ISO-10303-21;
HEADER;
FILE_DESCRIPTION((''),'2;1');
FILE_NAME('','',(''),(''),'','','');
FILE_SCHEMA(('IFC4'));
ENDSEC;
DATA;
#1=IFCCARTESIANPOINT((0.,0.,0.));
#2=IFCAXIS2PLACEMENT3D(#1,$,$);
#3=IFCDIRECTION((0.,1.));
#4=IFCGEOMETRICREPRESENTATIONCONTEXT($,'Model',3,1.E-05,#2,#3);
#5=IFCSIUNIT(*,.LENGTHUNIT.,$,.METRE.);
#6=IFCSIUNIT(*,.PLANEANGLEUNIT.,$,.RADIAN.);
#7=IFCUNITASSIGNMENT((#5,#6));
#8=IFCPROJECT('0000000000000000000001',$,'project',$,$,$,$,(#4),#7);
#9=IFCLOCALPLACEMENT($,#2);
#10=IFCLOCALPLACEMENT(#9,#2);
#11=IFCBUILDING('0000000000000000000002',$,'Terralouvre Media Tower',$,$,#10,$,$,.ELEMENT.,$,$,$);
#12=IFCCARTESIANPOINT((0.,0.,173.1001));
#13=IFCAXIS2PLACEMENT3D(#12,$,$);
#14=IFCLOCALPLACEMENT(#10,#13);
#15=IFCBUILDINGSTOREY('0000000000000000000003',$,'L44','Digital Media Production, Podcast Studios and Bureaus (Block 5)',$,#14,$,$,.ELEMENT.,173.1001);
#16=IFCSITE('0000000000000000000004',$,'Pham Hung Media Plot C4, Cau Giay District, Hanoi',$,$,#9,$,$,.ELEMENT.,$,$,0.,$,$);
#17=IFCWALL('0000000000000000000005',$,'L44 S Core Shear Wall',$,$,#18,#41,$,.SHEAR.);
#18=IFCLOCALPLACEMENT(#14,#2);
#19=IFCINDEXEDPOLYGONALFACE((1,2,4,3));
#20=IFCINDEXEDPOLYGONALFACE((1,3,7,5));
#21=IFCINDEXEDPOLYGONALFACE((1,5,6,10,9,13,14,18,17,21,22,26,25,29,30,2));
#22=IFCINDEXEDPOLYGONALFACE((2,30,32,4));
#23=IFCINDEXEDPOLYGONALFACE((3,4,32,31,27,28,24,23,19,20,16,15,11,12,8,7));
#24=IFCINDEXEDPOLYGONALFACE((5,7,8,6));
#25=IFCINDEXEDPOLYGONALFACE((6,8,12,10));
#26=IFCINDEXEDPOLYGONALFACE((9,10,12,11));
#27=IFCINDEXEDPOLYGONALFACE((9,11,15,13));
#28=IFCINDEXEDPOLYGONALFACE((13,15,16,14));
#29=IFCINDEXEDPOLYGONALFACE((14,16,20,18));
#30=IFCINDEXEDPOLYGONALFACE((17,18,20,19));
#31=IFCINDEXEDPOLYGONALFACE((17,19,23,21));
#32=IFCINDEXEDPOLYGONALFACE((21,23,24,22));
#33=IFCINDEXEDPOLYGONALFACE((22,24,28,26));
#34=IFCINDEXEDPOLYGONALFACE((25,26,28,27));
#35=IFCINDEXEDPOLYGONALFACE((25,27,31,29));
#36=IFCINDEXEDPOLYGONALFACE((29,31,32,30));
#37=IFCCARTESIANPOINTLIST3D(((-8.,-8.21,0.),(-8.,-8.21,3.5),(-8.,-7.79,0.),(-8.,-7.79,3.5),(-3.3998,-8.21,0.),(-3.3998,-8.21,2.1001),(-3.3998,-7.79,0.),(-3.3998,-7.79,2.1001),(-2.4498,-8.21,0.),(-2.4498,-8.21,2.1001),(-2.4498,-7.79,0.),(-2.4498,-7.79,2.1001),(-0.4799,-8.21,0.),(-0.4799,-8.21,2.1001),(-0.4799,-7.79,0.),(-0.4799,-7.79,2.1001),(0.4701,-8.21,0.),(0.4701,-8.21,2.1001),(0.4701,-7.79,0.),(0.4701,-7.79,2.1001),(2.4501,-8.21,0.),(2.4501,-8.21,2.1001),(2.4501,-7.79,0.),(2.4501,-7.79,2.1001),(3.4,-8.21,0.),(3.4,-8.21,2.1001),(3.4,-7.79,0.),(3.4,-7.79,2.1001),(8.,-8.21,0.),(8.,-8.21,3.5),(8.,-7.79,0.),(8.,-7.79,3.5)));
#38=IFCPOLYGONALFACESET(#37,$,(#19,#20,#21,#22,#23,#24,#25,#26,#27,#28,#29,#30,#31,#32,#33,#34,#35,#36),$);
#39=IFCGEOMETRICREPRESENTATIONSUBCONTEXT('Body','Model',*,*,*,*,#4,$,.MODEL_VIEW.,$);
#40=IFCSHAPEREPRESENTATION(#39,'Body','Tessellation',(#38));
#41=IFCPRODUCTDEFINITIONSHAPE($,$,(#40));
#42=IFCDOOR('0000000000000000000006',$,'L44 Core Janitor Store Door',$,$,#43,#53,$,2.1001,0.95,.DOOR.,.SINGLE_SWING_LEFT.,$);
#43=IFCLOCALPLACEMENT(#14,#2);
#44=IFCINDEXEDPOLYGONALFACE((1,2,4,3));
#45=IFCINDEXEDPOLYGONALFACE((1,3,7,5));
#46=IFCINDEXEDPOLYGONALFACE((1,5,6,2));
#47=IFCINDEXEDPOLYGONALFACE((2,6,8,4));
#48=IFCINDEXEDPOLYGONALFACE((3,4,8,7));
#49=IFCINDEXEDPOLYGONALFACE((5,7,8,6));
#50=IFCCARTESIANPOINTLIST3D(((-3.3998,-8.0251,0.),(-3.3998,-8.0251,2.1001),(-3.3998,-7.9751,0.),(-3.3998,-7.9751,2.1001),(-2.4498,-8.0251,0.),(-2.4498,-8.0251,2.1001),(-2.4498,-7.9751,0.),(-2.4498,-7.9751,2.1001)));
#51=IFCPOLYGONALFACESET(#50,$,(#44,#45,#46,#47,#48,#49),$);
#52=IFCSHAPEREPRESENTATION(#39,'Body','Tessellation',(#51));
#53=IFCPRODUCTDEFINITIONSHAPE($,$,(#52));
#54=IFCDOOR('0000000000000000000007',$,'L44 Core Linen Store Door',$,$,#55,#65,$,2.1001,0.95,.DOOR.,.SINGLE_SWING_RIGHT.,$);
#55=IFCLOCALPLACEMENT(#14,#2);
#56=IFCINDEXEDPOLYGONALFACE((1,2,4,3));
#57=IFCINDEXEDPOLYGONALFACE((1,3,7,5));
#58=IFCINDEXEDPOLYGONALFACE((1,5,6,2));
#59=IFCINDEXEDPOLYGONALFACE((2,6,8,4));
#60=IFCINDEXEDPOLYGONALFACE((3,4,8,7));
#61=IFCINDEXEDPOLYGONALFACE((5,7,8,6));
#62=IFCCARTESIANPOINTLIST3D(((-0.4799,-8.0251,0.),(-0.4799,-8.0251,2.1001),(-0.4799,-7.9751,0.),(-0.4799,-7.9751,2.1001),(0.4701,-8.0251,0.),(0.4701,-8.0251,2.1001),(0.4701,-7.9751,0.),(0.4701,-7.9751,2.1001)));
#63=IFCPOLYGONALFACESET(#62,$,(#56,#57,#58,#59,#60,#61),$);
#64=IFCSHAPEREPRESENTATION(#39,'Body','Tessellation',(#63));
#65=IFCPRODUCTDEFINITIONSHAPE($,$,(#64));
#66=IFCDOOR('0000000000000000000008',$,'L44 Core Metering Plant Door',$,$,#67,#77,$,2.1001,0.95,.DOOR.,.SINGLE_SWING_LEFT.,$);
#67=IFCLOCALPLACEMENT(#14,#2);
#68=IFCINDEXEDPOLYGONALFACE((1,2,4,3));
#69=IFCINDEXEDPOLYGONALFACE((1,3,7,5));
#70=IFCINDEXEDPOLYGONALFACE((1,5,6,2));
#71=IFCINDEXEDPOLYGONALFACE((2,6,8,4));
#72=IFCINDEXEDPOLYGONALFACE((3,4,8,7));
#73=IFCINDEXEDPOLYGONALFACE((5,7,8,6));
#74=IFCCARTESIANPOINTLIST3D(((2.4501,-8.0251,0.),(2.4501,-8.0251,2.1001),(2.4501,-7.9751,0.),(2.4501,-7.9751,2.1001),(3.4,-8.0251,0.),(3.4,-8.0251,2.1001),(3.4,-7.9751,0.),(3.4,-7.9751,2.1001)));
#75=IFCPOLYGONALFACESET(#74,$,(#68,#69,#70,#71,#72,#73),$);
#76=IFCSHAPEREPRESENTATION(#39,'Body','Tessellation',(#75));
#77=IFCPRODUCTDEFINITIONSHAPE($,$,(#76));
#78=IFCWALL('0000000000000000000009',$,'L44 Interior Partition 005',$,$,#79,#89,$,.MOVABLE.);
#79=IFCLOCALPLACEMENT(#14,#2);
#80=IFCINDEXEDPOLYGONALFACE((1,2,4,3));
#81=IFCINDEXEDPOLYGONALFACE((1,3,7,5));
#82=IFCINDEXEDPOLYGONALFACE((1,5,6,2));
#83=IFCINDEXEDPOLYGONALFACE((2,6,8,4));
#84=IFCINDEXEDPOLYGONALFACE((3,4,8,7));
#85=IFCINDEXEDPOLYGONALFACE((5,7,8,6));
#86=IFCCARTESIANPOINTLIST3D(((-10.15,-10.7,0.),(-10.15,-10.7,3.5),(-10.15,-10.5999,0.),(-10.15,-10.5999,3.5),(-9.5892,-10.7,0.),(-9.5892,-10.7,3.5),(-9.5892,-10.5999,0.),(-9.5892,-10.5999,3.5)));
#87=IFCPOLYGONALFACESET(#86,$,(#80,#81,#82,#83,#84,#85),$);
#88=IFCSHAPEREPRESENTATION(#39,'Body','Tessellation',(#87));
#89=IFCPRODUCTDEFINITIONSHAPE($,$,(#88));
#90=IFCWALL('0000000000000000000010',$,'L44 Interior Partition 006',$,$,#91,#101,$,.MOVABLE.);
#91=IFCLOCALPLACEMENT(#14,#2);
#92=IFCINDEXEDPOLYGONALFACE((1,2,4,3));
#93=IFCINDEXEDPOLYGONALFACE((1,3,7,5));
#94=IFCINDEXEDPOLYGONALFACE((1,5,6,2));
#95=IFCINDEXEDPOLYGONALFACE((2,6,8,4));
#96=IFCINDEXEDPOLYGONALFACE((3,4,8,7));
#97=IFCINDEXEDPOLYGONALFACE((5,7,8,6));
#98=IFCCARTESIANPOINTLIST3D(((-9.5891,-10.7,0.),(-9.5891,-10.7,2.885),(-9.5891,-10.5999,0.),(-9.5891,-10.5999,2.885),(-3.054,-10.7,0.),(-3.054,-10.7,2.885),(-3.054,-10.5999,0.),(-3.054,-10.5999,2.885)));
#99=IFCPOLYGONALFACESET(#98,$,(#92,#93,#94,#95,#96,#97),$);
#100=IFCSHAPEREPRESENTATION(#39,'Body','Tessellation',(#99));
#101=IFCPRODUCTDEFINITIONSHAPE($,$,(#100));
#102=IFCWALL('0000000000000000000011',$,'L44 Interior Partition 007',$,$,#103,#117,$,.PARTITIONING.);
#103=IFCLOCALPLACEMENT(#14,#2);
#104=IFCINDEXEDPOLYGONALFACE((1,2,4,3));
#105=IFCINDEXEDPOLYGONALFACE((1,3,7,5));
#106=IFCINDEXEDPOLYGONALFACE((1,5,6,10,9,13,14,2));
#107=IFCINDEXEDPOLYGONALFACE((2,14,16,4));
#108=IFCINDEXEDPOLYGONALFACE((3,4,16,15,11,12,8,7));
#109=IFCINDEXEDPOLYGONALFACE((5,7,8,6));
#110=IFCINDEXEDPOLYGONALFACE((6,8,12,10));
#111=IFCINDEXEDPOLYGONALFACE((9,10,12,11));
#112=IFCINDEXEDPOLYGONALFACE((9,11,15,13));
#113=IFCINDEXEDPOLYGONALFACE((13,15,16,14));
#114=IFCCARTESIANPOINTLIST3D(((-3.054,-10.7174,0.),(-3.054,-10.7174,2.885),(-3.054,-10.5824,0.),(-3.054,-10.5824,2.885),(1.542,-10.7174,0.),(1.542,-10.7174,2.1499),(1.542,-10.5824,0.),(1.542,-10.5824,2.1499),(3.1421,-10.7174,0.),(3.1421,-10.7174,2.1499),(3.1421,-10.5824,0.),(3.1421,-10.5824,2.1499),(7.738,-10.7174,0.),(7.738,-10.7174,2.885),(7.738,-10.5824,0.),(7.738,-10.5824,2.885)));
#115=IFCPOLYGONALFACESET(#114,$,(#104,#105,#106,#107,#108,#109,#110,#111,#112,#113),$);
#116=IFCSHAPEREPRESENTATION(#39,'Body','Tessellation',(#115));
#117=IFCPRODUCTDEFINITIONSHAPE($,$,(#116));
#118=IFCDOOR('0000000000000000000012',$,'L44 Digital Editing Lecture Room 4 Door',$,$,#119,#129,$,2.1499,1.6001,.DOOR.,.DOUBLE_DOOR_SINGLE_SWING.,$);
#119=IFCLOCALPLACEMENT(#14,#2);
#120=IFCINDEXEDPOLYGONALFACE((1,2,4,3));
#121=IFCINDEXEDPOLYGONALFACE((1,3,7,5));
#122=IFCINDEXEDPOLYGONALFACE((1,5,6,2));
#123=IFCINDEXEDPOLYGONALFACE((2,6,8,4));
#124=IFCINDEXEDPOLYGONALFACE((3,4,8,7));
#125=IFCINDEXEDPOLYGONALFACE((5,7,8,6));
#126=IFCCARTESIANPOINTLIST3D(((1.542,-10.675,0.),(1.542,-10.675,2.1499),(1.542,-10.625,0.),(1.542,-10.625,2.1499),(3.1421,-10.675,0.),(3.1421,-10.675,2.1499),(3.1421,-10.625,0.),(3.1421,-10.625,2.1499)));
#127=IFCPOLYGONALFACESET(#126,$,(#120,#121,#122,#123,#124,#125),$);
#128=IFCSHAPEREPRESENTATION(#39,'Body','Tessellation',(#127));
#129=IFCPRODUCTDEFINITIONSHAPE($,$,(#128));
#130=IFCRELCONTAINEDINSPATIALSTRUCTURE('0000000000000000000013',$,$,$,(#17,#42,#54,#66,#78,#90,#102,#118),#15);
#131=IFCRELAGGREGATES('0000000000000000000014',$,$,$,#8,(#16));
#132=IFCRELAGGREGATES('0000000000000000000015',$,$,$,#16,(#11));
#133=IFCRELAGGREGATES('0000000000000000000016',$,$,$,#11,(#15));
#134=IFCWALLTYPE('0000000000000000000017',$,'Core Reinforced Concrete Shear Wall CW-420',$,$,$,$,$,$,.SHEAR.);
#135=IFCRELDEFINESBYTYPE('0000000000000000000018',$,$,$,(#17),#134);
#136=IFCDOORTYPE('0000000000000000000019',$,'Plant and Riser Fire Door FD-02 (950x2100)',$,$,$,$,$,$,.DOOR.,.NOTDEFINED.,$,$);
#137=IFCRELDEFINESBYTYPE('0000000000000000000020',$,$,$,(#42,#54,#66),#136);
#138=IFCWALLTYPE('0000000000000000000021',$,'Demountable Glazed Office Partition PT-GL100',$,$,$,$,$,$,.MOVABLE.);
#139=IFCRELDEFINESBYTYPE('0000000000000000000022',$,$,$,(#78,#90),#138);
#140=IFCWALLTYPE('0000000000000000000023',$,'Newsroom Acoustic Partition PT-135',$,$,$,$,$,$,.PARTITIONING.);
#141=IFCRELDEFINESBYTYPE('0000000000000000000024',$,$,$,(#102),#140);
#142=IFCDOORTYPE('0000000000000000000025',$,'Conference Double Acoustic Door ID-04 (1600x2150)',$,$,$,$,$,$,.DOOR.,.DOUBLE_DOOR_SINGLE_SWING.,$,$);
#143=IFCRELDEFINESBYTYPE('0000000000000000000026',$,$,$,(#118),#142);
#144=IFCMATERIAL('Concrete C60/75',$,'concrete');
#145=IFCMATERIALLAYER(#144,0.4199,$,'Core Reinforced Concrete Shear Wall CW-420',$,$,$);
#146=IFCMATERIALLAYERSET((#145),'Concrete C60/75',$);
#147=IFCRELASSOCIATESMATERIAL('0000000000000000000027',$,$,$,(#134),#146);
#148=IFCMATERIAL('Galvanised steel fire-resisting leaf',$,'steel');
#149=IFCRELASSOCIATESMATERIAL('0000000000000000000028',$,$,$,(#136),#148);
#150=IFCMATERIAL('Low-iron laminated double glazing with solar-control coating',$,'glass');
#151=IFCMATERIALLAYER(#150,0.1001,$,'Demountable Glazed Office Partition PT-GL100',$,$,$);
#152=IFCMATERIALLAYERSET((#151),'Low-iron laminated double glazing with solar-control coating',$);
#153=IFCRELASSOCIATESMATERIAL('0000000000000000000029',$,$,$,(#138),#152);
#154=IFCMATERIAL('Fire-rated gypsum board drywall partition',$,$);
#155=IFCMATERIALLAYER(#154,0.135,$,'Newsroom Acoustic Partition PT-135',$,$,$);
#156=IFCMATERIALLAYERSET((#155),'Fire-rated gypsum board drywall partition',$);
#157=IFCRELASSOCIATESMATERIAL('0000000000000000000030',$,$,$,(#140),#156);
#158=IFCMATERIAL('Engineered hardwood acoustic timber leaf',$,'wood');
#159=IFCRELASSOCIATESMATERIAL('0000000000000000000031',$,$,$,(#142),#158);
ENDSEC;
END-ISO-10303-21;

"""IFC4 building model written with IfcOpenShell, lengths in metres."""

from ifc_helpers import new_model, si_unit, direction, frame, frame_2d, origin, place, context, subcontext, project, spatial, rectangle, extrude, material, layer, layer_set, type_object, element, fill, save


model = new_model("IFC4")

# Units and contexts
model_context = context("Model", 3, precision=1e-05, world=origin(), true_north=direction((0.0, 1.0)))
body_context = subcontext(model_context, "Body", "Model", "MODEL_VIEW")
ifc_project = project(units=[si_unit("LENGTHUNIT", "METRE"), si_unit("PLANEANGLEUNIT", "RADIAN")], contexts=[model_context])

# Site, building, storey
site_placement = place(None, origin())
site = spatial("IfcSite", under=ifc_project, at=site_placement, Name="Pham Hung Media Plot C4, Cau Giay District, Hanoi", CompositionType="ELEMENT", RefElevation=0.0)
building_placement = place(site_placement, origin())
building = spatial("IfcBuilding", under=site, at=building_placement, Name="Terralouvre Media Tower", CompositionType="ELEMENT")
storey_placement = place(building_placement, frame((0.0, 0.0, 173.1001)))
storey = spatial("IfcBuildingStorey", under=building, at=storey_placement, Name="L44", Description="Digital Media Production, Podcast Studios and Bureaus (Block 5)", CompositionType="ELEMENT", Elevation=173.1001)

# Wall, openings, doors
ifc_material_1 = material(Name="Concrete C60/75", Category="concrete")
ifc_layer_1 = layer(ifc_material_1, 0.4199, Name="Core Reinforced Concrete Shear Wall CW-420")
ifc_layer_set_1 = layer_set([ifc_layer_1], Name="Concrete C60/75")
wall_type_1 = type_object("IfcWallType", Name="Core Reinforced Concrete Shear Wall CW-420", PredefinedType="SHEAR", material=ifc_layer_set_1)
wall_1_placement = place(storey_placement, frame((-8.0, -8.0, 0.0), z_axis=(0.0, 0.0, 1.0), x_axis=(1.0, 0.0, 0.0)))
wall_1 = element("IfcWall", 1, at=wall_1_placement, inside=storey, type_object=wall_type_1, Name="L44 S Core Shear Wall", PredefinedType="SHEAR", context=body_context, shape_type="SweptSolid", body=[
    extrude(rectangle(XDim=16.0, YDim=0.4199, at=frame_2d((8.0, 0.0))), origin(), (0.0, 0.0, 1.0), 3.5),
])
opening_1_placement = place(wall_1_placement, frame((4.6001, 0.0, 0.0)))
opening_1 = element("IfcOpeningElement", 2, at=opening_1_placement, cuts=wall_1, PredefinedType="OPENING", context=body_context, shape_type="SweptSolid", body=[
    extrude(rectangle(XDim=0.95, YDim=2.1001, at=frame_2d((0.4751, 1.05))), frame((0.0, 0.22, 0.0), z_axis=(0.0, -1.0, 0.0), x_axis=(1.0, 0.0, 0.0)), (0.0, 0.0, 1.0), 0.4399),
])
opening_2_placement = place(wall_1_placement, frame((7.52, 0.0, 0.0)))
opening_2 = element("IfcOpeningElement", 3, at=opening_2_placement, cuts=wall_1, PredefinedType="OPENING", context=body_context, shape_type="SweptSolid", body=[
    extrude(rectangle(XDim=0.95, YDim=2.1001, at=frame_2d((0.4751, 1.05))), frame((0.0, 0.22, 0.0), z_axis=(0.0, -1.0, 0.0), x_axis=(1.0, 0.0, 0.0)), (0.0, 0.0, 1.0), 0.4399),
])
opening_3_placement = place(wall_1_placement, frame((10.45, 0.0, 0.0)))
opening_3 = element("IfcOpeningElement", 4, at=opening_3_placement, cuts=wall_1, PredefinedType="OPENING", context=body_context, shape_type="SweptSolid", body=[
    extrude(rectangle(XDim=0.95, YDim=2.1001, at=frame_2d((0.4751, 1.05))), frame((0.0, 0.22, 0.0), z_axis=(0.0, -1.0, 0.0), x_axis=(1.0, 0.0, 0.0)), (0.0, 0.0, 1.0), 0.4399),
])
ifc_material_2 = material(Name="Galvanised steel fire-resisting leaf", Category="steel")
door_type_1 = type_object("IfcDoorType", Name="Plant and Riser Fire Door FD-02 (950x2100)", OperationType="NOTDEFINED", PredefinedType="DOOR", material=ifc_material_2)
door_1_placement = place(opening_1_placement, origin())
door_1 = element("IfcDoor", 5, at=door_1_placement, inside=storey, type_object=door_type_1, Name="L44 Core Janitor Store Door", OperationType="SINGLE_SWING_LEFT", OverallHeight=2.1001, OverallWidth=0.95, PredefinedType="DOOR", context=body_context, shape_type="SweptSolid", body=[
    extrude(rectangle(XDim=0.95, YDim=2.1001, at=frame_2d((0.4751, 1.05))), frame((0.0, 0.0249, 0.0), z_axis=(0.0, -1.0, 0.0), x_axis=(1.0, 0.0, 0.0)), (0.0, 0.0, 1.0), 0.05),
])
fill(opening_1, door_1)
door_2_placement = place(opening_2_placement, origin())
door_2 = element("IfcDoor", 6, at=door_2_placement, inside=storey, type_object=door_type_1, Name="L44 Core Linen Store Door", OperationType="SINGLE_SWING_RIGHT", OverallHeight=2.1001, OverallWidth=0.95, PredefinedType="DOOR", context=body_context, shape_type="SweptSolid", body=[
    extrude(rectangle(XDim=0.95, YDim=2.1001, at=frame_2d((0.4751, 1.05))), frame((0.0, 0.0249, 0.0), z_axis=(0.0, -1.0, 0.0), x_axis=(1.0, 0.0, 0.0)), (0.0, 0.0, 1.0), 0.05),
])
fill(opening_2, door_2)
door_3_placement = place(opening_3_placement, origin())
door_3 = element("IfcDoor", 7, at=door_3_placement, inside=storey, type_object=door_type_1, Name="L44 Core Metering Plant Door", OperationType="SINGLE_SWING_LEFT", OverallHeight=2.1001, OverallWidth=0.95, PredefinedType="DOOR", context=body_context, shape_type="SweptSolid", body=[
    extrude(rectangle(XDim=0.95, YDim=2.1001, at=frame_2d((0.4751, 1.05))), frame((0.0, 0.0249, 0.0), z_axis=(0.0, -1.0, 0.0), x_axis=(1.0, 0.0, 0.0)), (0.0, 0.0, 1.0), 0.05),
])
fill(opening_3, door_3)

# Walls
ifc_material_3 = material(Name="Low-iron laminated double glazing with solar-control coating", Category="glass")
ifc_layer_2 = layer(ifc_material_3, 0.1001, Name="Demountable Glazed Office Partition PT-GL100")
ifc_layer_set_2 = layer_set([ifc_layer_2], Name="Low-iron laminated double glazing with solar-control coating")
wall_type_2 = type_object("IfcWallType", Name="Demountable Glazed Office Partition PT-GL100", PredefinedType="MOVABLE", material=ifc_layer_set_2)
wall_2_placement = place(storey_placement, frame((-10.1499, -10.6499, 0.0), z_axis=(0.0, 0.0, 1.0), x_axis=(1.0, 0.0, 0.0)))
element("IfcWall", 8, at=wall_2_placement, inside=storey, type_object=wall_type_2, Name="L44 Interior Partition 005", PredefinedType="MOVABLE", context=body_context, shape_type="SweptSolid", body=[
    extrude(rectangle(XDim=0.5608, YDim=0.1001, at=frame_2d((0.2803, 0.0))), origin(), (0.0, 0.0, 1.0), 3.5),
])
wall_3_placement = place(storey_placement, frame((-9.5891, -10.6499, 0.0), z_axis=(0.0, 0.0, 1.0), x_axis=(1.0, 0.0, 0.0)))
element("IfcWall", 9, at=wall_3_placement, inside=storey, type_object=wall_type_2, Name="L44 Interior Partition 006", PredefinedType="MOVABLE", context=body_context, shape_type="SweptSolid", body=[
    extrude(rectangle(XDim=6.5352, YDim=0.1001, at=frame_2d((3.2676, 0.0))), origin(), (0.0, 0.0, 1.0), 2.885),
])

# Wall, opening, door
ifc_material_4 = material(Name="Fire-rated gypsum board drywall partition")
ifc_layer_3 = layer(ifc_material_4, 0.135, Name="Newsroom Acoustic Partition PT-135")
ifc_layer_set_3 = layer_set([ifc_layer_3], Name="Fire-rated gypsum board drywall partition")
wall_type_3 = type_object("IfcWallType", Name="Newsroom Acoustic Partition PT-135", PredefinedType="PARTITIONING", material=ifc_layer_set_3)
wall_4_placement = place(storey_placement, frame((-3.054, -10.6499, 0.0), z_axis=(0.0, 0.0, 1.0), x_axis=(1.0, 0.0, 0.0)))
wall_4 = element("IfcWall", 10, at=wall_4_placement, inside=storey, type_object=wall_type_3, Name="L44 Interior Partition 007", PredefinedType="PARTITIONING", context=body_context, shape_type="SweptSolid", body=[
    extrude(rectangle(XDim=10.792, YDim=0.135, at=frame_2d((5.396, 0.0))), origin(), (0.0, 0.0, 1.0), 2.885),
])
opening_4_placement = place(wall_4_placement, frame((4.5959, 0.0, 0.0)))
opening_4 = element("IfcOpeningElement", 11, at=opening_4_placement, cuts=wall_4, PredefinedType="OPENING", context=body_context, shape_type="SweptSolid", body=[
    extrude(rectangle(XDim=1.6001, YDim=2.1499, at=frame_2d((0.8, 1.075))), frame((0.0, 0.0774, 0.0), z_axis=(0.0, -1.0, 0.0), x_axis=(1.0, 0.0, 0.0)), (0.0, 0.0, 1.0), 0.155),
])
ifc_material_5 = material(Name="Engineered hardwood acoustic timber leaf", Category="wood")
door_type_2 = type_object("IfcDoorType", Name="Conference Double Acoustic Door ID-04 (1600x2150)", OperationType="DOUBLE_DOOR_SINGLE_SWING", PredefinedType="DOOR", material=ifc_material_5)
door_4_placement = place(opening_4_placement, origin())
door_4 = element("IfcDoor", 12, at=door_4_placement, inside=storey, type_object=door_type_2, Name="L44 Digital Editing Lecture Room 4 Door", OperationType="DOUBLE_DOOR_SINGLE_SWING", OverallHeight=2.1499, OverallWidth=1.6001, PredefinedType="DOOR", context=body_context, shape_type="SweptSolid", body=[
    extrude(rectangle(XDim=1.6001, YDim=2.1499, at=frame_2d((0.8, 1.075))), frame((0.0, 0.0249, 0.0), z_axis=(0.0, -1.0, 0.0), x_axis=(1.0, 0.0, 0.0)), (0.0, 0.0, 1.0), 0.05),
])
fill(opening_4, door_4)

save(model, "model.ifc")
